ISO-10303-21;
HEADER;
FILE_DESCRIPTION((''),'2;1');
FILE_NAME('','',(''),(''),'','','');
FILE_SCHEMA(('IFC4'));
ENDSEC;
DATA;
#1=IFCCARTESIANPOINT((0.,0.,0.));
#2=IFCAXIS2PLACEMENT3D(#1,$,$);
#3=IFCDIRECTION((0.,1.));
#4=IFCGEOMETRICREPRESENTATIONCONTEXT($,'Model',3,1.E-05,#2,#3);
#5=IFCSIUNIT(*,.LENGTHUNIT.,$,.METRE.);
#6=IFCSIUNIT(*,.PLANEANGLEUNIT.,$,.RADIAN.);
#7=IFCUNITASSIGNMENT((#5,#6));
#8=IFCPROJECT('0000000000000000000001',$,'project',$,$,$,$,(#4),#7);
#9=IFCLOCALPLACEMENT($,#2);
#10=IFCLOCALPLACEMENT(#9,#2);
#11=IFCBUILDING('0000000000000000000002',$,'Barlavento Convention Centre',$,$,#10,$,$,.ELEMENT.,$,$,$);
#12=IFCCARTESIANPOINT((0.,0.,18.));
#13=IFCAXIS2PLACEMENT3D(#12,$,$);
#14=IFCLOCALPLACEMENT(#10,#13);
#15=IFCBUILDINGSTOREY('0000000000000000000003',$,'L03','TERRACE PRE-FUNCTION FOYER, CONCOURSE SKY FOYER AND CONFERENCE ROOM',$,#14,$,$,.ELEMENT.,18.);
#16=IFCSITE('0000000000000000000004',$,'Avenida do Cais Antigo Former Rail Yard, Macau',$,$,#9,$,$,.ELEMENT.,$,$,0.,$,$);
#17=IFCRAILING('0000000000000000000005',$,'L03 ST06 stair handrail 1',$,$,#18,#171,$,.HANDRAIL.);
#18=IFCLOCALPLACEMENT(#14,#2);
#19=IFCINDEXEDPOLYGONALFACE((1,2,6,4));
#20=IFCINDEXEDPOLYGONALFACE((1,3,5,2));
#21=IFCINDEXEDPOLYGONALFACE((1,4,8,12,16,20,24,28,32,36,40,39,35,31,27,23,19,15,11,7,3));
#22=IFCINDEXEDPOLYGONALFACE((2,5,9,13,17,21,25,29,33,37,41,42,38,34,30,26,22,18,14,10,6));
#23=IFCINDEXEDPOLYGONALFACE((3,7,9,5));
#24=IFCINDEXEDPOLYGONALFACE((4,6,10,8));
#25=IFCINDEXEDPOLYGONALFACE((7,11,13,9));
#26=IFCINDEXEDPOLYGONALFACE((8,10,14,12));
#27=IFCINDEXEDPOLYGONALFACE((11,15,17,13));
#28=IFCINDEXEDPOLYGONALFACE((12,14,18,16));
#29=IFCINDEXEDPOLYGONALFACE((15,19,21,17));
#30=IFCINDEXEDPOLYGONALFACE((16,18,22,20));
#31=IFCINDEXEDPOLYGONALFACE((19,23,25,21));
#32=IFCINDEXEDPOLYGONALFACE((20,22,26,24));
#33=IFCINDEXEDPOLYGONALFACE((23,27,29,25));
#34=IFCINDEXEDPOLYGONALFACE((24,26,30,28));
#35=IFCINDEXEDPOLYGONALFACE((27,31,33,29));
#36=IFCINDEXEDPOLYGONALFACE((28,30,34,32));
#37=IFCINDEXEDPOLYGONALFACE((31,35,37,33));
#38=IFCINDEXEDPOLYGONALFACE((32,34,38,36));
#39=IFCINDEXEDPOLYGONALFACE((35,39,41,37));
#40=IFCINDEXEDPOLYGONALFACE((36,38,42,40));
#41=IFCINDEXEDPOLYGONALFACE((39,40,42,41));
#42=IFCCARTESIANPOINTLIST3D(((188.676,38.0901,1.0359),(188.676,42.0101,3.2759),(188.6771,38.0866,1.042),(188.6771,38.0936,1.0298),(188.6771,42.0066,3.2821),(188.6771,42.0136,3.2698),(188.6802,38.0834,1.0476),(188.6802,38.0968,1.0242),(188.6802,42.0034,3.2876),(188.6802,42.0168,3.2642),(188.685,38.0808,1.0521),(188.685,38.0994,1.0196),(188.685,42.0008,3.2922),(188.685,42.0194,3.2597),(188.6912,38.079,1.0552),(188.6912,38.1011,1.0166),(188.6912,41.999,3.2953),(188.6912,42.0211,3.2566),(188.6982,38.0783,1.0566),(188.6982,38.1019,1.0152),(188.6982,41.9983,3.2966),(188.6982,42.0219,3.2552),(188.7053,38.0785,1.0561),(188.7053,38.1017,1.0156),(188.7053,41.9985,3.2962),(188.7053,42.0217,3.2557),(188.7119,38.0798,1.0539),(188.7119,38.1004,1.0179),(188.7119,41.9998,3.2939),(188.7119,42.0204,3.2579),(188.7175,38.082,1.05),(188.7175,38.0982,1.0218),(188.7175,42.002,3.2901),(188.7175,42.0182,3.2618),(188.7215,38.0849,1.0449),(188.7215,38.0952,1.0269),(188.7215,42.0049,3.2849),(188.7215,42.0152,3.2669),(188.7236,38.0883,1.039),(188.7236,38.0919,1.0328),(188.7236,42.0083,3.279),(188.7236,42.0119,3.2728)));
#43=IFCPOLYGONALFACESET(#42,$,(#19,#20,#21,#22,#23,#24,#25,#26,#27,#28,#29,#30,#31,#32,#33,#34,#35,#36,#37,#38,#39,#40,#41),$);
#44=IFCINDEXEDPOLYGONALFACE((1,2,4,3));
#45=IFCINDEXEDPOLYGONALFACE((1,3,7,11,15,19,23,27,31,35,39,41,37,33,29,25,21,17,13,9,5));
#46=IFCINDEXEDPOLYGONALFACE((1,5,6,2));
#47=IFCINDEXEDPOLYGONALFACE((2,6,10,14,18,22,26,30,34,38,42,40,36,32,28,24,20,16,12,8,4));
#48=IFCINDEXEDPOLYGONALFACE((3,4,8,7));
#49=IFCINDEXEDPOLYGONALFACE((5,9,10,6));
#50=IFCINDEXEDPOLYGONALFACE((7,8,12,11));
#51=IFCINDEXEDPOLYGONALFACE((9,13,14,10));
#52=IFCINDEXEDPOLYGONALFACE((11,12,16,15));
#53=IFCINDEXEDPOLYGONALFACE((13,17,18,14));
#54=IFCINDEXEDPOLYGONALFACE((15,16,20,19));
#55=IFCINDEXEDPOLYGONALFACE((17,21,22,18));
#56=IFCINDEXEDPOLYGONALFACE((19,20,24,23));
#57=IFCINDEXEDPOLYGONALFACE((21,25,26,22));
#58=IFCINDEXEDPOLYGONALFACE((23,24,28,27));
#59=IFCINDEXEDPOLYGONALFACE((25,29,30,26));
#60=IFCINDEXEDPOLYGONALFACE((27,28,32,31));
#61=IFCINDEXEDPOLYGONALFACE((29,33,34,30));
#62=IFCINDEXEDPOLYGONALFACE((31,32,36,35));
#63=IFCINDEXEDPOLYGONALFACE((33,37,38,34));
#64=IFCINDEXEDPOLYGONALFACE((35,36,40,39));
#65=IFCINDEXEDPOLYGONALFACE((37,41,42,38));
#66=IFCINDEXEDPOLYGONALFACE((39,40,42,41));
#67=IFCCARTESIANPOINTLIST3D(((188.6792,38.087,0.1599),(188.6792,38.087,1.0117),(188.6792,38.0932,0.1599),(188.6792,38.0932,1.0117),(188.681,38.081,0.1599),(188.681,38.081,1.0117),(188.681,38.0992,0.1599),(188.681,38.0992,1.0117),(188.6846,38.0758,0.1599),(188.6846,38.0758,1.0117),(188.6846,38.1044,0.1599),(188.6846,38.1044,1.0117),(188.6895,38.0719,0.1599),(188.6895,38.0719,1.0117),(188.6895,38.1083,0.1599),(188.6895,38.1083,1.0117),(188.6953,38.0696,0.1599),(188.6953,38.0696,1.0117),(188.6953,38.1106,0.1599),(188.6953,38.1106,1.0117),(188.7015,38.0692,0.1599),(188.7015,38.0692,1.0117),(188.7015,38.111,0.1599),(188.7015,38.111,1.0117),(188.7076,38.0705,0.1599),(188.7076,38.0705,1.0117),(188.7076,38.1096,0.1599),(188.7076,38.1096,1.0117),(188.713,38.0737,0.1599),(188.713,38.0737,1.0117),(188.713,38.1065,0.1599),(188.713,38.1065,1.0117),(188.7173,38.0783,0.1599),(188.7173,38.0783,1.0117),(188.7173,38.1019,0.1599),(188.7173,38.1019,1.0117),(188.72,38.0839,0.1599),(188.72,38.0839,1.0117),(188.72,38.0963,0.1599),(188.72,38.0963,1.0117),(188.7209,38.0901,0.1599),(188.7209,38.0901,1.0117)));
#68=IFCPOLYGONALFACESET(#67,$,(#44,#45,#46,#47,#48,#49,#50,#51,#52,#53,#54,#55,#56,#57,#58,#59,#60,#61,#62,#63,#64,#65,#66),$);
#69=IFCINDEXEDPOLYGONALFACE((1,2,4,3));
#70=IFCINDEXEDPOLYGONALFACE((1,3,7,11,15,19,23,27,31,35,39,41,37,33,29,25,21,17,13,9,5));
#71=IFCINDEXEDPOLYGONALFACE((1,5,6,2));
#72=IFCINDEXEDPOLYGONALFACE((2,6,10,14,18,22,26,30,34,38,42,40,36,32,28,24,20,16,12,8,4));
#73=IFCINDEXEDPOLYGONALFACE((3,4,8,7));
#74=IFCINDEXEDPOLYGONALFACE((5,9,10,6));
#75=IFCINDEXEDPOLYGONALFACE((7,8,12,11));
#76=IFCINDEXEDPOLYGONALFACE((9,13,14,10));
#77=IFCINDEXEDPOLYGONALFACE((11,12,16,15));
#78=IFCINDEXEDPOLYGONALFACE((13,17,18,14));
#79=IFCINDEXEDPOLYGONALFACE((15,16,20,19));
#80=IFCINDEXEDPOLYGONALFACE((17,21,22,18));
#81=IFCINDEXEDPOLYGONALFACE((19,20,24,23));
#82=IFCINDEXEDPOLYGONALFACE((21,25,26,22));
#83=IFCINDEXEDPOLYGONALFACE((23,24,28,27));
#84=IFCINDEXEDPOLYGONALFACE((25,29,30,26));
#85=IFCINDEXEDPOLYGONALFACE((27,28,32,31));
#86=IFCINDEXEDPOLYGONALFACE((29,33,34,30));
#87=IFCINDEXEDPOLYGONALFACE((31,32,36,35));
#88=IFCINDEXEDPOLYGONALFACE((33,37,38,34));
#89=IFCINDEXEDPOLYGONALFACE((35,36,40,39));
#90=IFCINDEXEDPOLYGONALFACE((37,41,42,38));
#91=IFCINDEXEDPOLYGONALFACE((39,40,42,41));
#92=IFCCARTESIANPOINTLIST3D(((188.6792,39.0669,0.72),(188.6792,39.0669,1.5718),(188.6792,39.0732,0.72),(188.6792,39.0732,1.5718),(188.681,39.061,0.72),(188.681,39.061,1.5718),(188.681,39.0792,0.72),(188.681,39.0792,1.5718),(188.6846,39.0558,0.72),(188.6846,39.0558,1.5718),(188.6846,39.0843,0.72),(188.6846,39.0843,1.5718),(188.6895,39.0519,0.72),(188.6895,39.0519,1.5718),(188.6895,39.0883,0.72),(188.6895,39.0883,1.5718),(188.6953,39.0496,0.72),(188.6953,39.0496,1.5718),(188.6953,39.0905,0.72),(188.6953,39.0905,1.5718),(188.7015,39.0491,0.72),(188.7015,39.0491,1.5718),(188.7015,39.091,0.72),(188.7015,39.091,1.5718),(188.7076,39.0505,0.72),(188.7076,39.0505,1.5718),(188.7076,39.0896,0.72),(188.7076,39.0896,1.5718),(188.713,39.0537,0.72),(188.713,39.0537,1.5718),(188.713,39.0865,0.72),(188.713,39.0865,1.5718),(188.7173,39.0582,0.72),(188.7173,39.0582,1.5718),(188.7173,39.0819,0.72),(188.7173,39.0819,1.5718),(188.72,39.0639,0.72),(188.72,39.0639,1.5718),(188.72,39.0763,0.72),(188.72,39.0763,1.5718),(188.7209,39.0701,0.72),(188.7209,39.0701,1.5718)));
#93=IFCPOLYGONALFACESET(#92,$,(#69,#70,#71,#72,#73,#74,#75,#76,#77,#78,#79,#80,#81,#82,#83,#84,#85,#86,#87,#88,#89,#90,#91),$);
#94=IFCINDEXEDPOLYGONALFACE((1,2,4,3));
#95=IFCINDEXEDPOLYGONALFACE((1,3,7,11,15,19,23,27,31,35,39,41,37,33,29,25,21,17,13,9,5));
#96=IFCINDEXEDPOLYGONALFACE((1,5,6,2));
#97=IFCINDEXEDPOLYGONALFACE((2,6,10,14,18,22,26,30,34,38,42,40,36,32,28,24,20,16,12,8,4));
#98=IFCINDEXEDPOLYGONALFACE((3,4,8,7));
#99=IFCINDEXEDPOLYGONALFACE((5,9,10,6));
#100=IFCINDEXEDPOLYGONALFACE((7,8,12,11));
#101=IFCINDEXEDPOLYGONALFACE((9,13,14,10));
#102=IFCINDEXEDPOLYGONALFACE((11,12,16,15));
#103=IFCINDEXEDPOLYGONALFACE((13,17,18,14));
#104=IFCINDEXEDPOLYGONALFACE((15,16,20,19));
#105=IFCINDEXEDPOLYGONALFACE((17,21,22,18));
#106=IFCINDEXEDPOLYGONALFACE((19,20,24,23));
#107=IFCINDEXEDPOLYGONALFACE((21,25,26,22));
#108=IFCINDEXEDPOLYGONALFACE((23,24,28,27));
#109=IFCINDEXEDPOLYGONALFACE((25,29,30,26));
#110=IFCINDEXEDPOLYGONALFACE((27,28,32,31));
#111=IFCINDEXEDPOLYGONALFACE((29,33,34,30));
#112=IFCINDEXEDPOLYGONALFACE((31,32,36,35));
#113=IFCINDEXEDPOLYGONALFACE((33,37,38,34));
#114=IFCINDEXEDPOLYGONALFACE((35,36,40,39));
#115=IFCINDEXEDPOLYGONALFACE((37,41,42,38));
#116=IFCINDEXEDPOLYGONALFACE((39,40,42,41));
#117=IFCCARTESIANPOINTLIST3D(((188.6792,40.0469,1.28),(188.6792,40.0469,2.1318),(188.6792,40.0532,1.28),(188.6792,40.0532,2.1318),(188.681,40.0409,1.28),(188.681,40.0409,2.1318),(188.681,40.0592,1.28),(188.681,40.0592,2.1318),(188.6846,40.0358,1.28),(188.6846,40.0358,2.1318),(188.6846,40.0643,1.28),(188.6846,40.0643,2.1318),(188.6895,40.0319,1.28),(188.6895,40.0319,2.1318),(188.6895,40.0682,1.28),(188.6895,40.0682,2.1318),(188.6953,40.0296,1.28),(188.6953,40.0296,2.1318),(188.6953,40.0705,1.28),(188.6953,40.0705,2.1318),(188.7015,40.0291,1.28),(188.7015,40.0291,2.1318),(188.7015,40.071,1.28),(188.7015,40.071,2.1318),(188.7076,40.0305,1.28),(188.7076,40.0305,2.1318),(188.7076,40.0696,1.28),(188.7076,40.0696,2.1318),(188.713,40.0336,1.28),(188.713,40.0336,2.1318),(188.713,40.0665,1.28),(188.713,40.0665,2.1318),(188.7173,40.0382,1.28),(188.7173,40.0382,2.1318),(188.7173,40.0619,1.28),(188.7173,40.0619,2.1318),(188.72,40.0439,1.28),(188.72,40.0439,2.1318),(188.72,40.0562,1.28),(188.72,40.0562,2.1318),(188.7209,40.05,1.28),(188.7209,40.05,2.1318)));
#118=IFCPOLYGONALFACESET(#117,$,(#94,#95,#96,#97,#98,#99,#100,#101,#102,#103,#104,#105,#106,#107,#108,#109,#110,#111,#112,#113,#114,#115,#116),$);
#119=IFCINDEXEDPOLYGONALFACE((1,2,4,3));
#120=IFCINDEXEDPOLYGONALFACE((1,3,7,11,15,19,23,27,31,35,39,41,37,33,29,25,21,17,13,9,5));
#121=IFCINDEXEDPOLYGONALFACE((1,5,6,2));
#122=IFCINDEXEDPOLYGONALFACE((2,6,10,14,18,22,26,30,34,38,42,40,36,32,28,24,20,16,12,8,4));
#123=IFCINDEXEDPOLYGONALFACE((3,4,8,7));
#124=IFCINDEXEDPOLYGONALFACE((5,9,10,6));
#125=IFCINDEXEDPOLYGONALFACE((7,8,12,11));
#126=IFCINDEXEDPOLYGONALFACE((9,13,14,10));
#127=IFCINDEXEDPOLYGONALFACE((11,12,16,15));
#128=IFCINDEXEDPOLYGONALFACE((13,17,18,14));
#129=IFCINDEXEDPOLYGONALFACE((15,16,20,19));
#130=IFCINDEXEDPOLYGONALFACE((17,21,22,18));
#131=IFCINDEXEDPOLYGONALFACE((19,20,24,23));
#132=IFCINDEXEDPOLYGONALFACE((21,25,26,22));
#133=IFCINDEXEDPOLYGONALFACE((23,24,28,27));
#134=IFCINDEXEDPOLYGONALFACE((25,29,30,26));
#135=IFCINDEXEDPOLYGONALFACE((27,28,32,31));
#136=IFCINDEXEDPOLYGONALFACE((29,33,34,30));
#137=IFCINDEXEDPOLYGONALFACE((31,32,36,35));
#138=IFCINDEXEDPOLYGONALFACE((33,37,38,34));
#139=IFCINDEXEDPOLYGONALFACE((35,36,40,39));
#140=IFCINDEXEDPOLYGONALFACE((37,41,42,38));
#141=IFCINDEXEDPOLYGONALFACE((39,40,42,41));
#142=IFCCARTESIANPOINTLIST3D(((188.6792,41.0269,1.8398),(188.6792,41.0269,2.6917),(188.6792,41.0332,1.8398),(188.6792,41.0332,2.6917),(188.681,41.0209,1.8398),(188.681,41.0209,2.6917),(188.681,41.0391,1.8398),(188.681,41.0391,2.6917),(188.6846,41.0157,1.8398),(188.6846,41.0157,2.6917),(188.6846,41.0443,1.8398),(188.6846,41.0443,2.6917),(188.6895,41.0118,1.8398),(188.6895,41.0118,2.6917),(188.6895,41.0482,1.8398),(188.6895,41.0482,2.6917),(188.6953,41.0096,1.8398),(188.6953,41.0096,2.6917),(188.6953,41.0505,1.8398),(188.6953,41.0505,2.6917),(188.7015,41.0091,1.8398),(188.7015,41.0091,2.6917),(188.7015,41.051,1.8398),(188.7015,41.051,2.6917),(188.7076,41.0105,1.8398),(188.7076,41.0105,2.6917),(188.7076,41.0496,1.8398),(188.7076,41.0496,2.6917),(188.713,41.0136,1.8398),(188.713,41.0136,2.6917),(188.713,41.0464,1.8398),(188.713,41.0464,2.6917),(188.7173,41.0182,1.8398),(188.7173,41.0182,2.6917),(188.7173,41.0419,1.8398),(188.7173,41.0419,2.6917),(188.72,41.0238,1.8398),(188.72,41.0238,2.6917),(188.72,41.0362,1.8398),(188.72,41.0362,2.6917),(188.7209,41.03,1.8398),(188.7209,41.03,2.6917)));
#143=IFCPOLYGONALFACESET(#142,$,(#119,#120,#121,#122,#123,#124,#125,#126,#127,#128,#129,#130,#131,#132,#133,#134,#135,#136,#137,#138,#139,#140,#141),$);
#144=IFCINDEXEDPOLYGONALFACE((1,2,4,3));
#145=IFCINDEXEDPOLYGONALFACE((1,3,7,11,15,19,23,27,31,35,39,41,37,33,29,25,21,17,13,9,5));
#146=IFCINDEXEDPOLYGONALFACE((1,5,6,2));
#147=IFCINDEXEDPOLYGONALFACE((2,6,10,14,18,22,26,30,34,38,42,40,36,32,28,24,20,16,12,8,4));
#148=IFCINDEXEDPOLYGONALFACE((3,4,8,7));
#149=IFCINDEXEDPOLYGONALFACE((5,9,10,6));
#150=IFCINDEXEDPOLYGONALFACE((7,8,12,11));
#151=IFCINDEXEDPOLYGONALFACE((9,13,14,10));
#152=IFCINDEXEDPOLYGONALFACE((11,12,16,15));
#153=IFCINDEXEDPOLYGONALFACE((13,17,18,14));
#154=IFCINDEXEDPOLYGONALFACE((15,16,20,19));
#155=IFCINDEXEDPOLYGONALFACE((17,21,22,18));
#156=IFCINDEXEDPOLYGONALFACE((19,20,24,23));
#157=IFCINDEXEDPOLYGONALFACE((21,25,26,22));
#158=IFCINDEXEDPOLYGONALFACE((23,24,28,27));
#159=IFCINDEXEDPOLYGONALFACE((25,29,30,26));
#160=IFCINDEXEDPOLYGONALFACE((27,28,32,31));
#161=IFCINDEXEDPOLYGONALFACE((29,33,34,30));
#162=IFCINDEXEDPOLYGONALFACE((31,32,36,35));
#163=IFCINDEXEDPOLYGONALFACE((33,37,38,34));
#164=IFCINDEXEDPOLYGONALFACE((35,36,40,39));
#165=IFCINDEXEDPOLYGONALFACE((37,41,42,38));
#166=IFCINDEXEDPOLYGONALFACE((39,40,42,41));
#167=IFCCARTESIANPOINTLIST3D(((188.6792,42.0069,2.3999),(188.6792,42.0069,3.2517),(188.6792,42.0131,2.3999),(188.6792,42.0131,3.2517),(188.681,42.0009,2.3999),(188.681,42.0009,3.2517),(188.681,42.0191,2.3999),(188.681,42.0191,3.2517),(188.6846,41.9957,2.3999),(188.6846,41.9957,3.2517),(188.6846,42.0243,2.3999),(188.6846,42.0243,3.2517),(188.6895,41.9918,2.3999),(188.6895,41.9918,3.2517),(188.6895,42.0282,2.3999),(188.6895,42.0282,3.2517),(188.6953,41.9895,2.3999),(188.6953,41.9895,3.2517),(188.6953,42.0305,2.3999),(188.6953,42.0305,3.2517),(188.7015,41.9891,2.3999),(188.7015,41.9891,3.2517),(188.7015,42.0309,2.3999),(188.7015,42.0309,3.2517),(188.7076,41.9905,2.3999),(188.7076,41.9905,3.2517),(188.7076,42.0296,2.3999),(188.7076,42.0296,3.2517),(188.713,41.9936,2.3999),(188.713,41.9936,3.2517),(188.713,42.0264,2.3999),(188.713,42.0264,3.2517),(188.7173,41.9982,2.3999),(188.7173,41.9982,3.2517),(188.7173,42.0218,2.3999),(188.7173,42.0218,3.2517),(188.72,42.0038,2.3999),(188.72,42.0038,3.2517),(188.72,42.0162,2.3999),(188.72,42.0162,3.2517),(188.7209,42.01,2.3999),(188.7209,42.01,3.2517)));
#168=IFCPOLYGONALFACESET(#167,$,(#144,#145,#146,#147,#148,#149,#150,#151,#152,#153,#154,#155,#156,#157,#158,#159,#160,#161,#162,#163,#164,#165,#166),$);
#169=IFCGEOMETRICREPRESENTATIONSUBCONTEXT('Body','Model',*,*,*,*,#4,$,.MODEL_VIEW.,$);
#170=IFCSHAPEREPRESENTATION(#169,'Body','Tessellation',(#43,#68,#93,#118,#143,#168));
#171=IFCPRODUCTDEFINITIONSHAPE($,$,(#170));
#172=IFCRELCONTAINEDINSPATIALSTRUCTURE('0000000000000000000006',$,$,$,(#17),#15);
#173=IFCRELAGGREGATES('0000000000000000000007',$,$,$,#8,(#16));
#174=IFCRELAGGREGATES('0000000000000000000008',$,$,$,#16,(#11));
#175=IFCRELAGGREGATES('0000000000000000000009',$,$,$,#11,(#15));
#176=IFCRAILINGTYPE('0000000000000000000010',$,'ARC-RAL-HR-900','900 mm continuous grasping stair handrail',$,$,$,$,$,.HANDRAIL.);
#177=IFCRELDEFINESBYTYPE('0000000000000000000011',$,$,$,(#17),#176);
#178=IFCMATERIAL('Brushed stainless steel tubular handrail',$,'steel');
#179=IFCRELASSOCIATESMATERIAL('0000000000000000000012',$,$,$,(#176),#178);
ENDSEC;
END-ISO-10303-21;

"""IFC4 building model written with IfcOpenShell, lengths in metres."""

from ifc_helpers import new_model, si_unit, direction, frame, origin, origin_2d, place, context, subcontext, project, spatial, circle, extrude, material, type_object, element, save


model = new_model("IFC4")

# Units and contexts
model_context = context("Model", 3, precision=1e-05, world=origin(), true_north=direction((0.0, 1.0)))
body_context = subcontext(model_context, "Body", "Model", "MODEL_VIEW")
ifc_project = project(units=[si_unit("LENGTHUNIT", "METRE"), si_unit("PLANEANGLEUNIT", "RADIAN")], contexts=[model_context])

# Site, building, storey
site_placement = place(None, origin())
site = spatial("IfcSite", under=ifc_project, at=site_placement, Name="Avenida do Cais Antigo Former Rail Yard, Macau", CompositionType="ELEMENT", RefElevation=0.0)
building_placement = place(site_placement, origin())
building = spatial("IfcBuilding", under=site, at=building_placement, Name="Barlavento Convention Centre", CompositionType="ELEMENT")
storey_placement = place(building_placement, frame((0.0, 0.0, 18.0)))
storey = spatial("IfcBuildingStorey", under=building, at=storey_placement, Name="L03", Description="TERRACE PRE-FUNCTION FOYER, CONCOURSE SKY FOYER AND CONFERENCE ROOM", CompositionType="ELEMENT", Elevation=18.0)

# Railing
ifc_material_1 = material(Name="Brushed stainless steel tubular handrail", Category="steel")
railing_type_1 = type_object("IfcRailingType", Name="ARC-RAL-HR-900", Description="900 mm continuous grasping stair handrail", PredefinedType="HANDRAIL", material=ifc_material_1)
railing_1_placement = place(storey_placement, frame((188.7, 38.0901, 0.1599)))
element("IfcRailing", 1, at=railing_1_placement, inside=storey, type_object=railing_type_1, Name="L03 ST06 stair handrail 1", PredefinedType="HANDRAIL", context=body_context, shape_type="SweptSolid", body=[
    extrude(circle(Radius=0.0239, at=origin_2d()), frame((0.0, 0.0, 0.876), z_axis=(0.0, 0.86824, 0.496145), x_axis=(-1.0, 0.0, 0.0)), (0.0, 0.0, 1.0), 4.5149),
    extrude(circle(Radius=0.021, at=origin_2d()), origin(), (0.0, 0.0, 1.0), 0.8518),
    extrude(circle(Radius=0.021, at=origin_2d()), frame((0.0, 0.98, 0.5601)), (0.0, 0.0, 1.0), 0.8518),
    extrude(circle(Radius=0.021, at=origin_2d()), frame((0.0, 1.96, 1.1201)), (0.0, 0.0, 1.0), 0.8518),
    extrude(circle(Radius=0.021, at=origin_2d()), frame((0.0, 2.9399, 1.6799)), (0.0, 0.0, 1.0), 0.8518),
    extrude(circle(Radius=0.021, at=origin_2d()), frame((0.0, 3.9199, 2.24)), (0.0, 0.0, 1.0), 0.8518),
])

save(model, "model.ifc")
